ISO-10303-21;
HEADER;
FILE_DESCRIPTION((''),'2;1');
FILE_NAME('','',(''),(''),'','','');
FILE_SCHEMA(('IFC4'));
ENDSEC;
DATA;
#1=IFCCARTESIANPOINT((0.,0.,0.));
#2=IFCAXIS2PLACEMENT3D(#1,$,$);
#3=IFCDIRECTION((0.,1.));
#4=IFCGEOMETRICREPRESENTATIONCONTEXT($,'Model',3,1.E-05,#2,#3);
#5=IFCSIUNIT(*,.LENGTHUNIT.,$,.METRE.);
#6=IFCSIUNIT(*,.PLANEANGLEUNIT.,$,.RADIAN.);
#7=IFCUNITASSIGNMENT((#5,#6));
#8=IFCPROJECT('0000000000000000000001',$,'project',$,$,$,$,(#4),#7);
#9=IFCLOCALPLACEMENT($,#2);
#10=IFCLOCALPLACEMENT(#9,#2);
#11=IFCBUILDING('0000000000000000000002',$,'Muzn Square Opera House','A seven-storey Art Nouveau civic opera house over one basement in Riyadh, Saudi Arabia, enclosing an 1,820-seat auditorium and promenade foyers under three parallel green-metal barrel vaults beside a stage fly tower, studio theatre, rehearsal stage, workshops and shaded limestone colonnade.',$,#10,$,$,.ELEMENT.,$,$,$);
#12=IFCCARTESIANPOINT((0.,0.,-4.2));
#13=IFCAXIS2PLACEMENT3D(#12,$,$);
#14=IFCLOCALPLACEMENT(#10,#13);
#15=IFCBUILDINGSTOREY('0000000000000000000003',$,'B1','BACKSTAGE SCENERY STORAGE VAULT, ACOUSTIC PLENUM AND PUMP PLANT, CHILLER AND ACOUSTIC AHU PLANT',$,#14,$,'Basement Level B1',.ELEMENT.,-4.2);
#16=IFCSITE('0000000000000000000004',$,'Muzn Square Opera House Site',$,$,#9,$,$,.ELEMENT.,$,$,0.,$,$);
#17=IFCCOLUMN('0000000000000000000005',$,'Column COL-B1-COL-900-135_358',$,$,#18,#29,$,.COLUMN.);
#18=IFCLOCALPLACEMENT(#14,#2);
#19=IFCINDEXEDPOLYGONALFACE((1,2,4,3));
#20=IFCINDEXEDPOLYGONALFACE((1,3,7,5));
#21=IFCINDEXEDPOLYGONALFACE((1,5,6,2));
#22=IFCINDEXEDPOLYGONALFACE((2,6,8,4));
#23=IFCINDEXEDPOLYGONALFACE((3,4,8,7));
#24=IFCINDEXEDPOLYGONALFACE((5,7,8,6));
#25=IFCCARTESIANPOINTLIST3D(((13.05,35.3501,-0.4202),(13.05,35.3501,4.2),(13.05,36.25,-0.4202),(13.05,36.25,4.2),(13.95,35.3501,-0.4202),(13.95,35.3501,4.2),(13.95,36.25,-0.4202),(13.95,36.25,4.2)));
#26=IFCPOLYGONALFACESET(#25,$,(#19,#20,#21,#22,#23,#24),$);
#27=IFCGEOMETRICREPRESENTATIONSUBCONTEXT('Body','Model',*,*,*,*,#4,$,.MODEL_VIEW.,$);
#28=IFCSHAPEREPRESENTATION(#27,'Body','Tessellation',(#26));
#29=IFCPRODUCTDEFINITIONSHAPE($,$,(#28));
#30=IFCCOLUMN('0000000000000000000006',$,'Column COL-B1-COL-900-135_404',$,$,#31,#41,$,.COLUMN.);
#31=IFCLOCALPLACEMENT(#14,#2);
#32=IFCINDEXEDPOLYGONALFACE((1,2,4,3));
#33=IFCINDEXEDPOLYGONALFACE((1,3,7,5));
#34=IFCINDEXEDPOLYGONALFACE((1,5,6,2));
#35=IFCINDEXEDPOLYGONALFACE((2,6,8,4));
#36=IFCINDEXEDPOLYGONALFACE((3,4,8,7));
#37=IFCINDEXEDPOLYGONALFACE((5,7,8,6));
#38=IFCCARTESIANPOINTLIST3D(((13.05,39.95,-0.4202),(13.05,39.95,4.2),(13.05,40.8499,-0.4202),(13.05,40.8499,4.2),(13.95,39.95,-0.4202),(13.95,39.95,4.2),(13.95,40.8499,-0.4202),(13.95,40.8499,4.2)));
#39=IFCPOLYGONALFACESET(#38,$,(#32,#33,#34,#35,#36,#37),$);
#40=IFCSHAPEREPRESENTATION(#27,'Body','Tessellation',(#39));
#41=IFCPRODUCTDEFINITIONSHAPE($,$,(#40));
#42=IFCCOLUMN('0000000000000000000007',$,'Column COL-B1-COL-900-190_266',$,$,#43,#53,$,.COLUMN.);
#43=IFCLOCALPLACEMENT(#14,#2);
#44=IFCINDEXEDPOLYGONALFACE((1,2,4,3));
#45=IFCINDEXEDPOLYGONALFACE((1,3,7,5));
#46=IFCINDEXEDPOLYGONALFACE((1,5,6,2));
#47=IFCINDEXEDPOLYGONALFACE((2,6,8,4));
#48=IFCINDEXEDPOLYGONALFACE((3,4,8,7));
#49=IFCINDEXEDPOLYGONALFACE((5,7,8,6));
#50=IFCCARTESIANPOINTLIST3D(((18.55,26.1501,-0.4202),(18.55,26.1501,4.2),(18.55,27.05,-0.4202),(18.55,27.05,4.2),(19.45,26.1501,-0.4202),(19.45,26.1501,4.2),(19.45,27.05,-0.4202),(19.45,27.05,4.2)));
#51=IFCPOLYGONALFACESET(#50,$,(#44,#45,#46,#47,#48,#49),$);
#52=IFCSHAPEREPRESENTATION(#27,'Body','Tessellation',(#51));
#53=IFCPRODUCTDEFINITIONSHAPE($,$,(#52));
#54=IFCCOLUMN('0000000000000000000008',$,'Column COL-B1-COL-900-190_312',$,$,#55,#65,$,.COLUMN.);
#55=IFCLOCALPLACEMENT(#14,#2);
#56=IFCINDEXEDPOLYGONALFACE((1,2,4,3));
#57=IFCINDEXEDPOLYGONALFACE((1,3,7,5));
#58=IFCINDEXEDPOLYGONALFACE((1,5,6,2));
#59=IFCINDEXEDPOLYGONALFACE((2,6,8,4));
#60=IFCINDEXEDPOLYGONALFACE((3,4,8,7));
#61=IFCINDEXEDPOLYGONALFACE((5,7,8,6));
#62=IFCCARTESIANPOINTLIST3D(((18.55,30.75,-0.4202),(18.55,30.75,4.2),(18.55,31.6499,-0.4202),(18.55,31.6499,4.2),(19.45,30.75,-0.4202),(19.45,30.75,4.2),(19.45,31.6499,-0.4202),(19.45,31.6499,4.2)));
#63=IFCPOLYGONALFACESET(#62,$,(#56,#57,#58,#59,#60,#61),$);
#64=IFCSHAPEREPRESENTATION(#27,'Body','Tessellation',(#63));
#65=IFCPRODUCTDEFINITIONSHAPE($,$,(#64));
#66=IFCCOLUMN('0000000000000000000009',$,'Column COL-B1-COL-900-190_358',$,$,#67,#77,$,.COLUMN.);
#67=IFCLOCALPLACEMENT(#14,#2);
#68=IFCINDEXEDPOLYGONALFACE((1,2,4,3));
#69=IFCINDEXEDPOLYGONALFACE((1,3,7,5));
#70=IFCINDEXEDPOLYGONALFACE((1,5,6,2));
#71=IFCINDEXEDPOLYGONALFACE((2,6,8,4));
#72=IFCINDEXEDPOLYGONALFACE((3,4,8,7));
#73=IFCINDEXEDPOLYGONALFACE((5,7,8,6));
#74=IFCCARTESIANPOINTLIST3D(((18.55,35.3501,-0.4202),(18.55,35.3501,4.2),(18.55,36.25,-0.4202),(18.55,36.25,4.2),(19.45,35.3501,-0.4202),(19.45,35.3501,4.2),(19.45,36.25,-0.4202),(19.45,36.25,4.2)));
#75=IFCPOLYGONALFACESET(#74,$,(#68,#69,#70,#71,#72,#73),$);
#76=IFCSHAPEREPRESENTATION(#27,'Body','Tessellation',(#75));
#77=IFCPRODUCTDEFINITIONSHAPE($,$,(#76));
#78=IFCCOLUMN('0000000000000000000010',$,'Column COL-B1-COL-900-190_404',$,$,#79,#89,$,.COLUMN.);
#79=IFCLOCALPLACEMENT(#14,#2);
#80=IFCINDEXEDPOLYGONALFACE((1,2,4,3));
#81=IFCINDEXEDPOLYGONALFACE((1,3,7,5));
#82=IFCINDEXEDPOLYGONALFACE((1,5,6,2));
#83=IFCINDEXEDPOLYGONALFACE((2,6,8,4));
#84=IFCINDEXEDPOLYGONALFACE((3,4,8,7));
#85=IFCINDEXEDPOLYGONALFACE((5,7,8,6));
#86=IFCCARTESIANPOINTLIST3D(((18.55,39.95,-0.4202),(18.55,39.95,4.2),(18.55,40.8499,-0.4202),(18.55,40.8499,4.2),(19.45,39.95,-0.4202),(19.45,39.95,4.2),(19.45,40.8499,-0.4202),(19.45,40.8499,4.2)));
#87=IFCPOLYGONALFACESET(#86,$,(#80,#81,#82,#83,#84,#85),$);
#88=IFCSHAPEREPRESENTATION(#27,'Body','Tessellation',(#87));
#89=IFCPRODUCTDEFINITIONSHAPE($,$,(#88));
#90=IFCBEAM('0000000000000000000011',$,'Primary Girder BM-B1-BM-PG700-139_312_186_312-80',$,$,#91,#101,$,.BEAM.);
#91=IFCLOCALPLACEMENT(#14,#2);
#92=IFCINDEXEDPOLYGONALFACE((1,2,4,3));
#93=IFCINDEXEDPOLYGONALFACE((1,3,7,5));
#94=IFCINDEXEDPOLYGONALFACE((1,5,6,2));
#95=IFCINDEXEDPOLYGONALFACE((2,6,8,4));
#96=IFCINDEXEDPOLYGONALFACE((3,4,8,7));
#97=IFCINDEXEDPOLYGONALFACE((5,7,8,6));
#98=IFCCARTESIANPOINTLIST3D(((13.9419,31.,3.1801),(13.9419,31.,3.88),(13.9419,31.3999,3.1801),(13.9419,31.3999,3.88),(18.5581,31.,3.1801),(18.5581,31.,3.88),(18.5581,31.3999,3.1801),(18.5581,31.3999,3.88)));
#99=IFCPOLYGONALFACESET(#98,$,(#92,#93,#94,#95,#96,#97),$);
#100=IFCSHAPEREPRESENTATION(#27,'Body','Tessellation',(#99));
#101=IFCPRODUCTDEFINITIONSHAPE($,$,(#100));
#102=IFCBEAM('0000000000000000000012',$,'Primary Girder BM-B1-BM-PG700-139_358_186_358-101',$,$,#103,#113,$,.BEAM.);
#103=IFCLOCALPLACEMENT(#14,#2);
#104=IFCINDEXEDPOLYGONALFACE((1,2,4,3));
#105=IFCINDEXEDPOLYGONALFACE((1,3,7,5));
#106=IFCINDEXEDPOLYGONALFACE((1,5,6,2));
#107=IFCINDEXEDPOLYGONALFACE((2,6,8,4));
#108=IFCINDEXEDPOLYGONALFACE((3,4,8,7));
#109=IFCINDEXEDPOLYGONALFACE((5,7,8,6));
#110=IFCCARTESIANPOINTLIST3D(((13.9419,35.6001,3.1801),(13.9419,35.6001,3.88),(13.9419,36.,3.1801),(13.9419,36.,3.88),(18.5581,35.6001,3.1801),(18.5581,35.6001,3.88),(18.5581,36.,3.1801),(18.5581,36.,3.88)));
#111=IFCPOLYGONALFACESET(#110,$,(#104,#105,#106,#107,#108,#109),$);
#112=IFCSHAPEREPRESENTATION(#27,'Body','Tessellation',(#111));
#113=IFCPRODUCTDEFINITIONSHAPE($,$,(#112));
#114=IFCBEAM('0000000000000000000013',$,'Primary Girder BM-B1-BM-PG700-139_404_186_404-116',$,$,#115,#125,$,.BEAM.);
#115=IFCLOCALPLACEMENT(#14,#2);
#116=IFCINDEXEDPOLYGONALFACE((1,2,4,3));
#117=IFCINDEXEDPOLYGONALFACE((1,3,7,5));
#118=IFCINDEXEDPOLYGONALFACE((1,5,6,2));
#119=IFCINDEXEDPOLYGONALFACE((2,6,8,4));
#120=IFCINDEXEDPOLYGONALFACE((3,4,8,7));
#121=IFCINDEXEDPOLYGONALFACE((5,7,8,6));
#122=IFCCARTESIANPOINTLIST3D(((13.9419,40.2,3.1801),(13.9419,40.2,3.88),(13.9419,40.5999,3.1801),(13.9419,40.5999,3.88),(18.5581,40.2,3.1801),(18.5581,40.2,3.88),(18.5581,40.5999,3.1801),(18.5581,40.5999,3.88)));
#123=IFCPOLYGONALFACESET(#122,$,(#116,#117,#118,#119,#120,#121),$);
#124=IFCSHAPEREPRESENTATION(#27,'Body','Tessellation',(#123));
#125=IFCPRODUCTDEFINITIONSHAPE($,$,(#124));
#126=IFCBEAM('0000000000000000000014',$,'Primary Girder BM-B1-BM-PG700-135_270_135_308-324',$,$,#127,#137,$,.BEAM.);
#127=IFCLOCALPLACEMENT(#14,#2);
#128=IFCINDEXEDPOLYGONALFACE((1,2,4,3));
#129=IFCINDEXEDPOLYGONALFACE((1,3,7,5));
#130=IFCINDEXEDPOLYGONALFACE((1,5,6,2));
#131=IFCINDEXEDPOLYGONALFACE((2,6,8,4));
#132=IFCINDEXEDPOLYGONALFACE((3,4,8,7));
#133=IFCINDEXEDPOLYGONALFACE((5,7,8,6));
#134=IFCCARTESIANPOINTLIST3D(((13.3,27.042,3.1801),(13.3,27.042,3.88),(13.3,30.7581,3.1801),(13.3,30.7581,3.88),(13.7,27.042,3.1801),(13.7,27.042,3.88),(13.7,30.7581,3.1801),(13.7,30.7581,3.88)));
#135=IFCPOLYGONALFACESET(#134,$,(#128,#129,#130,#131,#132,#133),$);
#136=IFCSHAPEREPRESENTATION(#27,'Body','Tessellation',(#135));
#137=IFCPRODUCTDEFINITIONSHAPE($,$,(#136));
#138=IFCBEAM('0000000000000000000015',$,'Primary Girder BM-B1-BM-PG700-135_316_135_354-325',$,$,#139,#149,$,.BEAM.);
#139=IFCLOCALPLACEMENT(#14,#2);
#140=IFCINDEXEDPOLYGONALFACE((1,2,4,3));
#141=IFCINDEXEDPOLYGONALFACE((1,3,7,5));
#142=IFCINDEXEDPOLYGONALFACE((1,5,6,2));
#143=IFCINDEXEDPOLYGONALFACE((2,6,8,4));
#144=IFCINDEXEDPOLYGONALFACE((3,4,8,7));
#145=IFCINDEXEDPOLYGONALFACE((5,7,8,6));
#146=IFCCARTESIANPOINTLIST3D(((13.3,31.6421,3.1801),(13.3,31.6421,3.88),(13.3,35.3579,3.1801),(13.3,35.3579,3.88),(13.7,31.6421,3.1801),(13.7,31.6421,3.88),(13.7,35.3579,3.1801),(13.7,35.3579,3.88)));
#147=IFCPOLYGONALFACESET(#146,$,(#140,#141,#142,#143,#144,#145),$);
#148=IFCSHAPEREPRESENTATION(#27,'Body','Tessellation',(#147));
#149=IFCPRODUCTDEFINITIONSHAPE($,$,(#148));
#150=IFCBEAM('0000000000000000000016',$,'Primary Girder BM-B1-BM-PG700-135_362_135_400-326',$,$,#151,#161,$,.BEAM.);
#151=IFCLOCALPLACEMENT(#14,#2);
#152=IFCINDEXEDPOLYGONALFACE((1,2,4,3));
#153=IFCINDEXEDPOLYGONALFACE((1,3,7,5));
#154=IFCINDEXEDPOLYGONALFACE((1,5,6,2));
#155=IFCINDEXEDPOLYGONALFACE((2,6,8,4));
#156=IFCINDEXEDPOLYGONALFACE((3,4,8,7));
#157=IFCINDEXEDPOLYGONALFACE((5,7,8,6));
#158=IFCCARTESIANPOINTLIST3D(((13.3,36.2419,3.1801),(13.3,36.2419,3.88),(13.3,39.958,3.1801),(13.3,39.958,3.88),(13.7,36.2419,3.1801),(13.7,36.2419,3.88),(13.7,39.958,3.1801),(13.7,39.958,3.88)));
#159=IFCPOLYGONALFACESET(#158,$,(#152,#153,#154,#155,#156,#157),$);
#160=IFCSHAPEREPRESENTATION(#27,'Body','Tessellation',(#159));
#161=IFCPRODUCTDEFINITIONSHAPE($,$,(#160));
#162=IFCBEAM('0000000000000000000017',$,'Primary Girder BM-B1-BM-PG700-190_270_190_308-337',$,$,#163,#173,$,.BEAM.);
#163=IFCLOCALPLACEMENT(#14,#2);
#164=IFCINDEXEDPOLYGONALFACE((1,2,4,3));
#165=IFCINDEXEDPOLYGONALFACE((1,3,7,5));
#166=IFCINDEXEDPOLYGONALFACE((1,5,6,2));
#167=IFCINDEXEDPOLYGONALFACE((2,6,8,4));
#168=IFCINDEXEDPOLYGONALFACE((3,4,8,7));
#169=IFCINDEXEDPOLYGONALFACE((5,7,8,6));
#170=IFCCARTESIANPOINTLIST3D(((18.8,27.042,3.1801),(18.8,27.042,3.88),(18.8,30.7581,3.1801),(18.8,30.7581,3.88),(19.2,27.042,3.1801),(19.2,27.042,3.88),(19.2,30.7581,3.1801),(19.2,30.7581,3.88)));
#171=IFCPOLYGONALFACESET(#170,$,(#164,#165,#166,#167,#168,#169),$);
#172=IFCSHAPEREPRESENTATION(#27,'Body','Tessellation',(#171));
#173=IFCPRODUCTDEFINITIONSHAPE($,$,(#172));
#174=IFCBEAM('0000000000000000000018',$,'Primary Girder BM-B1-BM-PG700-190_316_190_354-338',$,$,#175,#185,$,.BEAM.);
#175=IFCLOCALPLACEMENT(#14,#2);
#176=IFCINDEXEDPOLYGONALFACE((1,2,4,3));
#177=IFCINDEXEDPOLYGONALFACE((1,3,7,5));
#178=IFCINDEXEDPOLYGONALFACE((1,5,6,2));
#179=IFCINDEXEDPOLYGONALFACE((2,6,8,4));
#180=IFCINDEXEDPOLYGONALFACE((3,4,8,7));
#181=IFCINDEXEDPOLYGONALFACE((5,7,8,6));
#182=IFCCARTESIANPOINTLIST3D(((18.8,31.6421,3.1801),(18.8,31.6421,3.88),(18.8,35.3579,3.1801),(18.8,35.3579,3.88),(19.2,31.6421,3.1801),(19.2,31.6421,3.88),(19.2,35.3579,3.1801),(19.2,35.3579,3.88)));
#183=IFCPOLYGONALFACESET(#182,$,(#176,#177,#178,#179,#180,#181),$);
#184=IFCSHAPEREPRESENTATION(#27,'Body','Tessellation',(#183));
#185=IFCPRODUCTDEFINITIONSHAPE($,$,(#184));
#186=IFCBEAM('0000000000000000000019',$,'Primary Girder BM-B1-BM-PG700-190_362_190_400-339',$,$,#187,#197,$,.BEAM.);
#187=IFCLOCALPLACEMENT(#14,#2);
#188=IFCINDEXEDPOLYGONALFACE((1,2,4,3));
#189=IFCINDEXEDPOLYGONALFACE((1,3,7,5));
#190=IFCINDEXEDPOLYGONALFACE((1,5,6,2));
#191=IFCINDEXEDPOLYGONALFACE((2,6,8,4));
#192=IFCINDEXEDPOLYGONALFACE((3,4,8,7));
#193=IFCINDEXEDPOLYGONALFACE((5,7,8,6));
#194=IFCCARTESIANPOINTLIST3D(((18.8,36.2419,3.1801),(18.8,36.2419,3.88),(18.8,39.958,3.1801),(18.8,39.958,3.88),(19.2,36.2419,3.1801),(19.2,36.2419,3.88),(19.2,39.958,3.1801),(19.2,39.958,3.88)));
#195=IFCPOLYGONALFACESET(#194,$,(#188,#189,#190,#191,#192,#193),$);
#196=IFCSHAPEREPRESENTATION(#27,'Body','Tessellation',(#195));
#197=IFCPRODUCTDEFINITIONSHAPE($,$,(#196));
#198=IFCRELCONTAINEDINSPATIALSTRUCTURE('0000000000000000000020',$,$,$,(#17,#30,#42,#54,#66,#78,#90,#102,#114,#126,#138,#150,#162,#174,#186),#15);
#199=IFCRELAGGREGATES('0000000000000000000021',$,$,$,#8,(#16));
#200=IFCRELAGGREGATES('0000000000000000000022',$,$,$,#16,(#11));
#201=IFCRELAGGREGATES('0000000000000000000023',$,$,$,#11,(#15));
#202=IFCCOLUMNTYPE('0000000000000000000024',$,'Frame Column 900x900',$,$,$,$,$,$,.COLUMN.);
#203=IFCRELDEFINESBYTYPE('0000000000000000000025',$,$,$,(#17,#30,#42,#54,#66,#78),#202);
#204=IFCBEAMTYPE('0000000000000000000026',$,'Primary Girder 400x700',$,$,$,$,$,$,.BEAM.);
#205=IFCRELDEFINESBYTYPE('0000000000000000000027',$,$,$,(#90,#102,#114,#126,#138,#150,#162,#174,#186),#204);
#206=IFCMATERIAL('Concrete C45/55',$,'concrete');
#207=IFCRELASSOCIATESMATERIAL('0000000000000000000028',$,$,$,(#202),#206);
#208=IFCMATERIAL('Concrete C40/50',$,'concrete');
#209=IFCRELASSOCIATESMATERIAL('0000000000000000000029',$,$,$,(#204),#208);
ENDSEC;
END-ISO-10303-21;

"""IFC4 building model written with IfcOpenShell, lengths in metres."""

from ifc_helpers import new_model, si_unit, direction, frame, origin, origin_2d, place, context, subcontext, project, spatial, rectangle, extrude, material, material_profile, profile_set, type_object, element, save


model = new_model("IFC4")

# Units and contexts
model_context = context("Model", 3, precision=1e-05, world=origin(), true_north=direction((0.0, 1.0)))
body_context = subcontext(model_context, "Body", "Model", "MODEL_VIEW")
ifc_project = project(units=[si_unit("LENGTHUNIT", "METRE"), si_unit("PLANEANGLEUNIT", "RADIAN")], contexts=[model_context])

# Site, building, storey
site_placement = place(None, origin())
site = spatial("IfcSite", under=ifc_project, at=site_placement, Name="Muzn Square Opera House Site", CompositionType="ELEMENT", RefElevation=0.0)
building_placement = place(site_placement, origin())
building = spatial("IfcBuilding", under=site, at=building_placement, Name="Muzn Square Opera House", Description="A seven-storey Art Nouveau civic opera house over one basement in Riyadh, Saudi Arabia, enclosing an 1,820-seat auditorium and promenade foyers under three parallel green-metal barrel vaults beside a stage fly tower, studio theatre, rehearsal stage, workshops and shaded limestone colonnade.", CompositionType="ELEMENT")
storey_placement = place(building_placement, frame((0.0, 0.0, -4.2)))
storey = spatial("IfcBuildingStorey", under=building, at=storey_placement, Name="B1", Description="BACKSTAGE SCENERY STORAGE VAULT, ACOUSTIC PLENUM AND PUMP PLANT, CHILLER AND ACOUSTIC AHU PLANT", LongName="Basement Level B1", CompositionType="ELEMENT", Elevation=-4.2)

# Shared definitions
ifc_material_1 = material(Name="Concrete C40/50", Category="concrete")

# Columns
ifc_material_2 = material(Name="Concrete C45/55", Category="concrete")
ifc_material_profile_1 = material_profile(ifc_material_2, rectangle(XDim=0.8999, YDim=0.8999, at=origin_2d()), Name="RC 900x900", Category="concrete")
ifc_profile_set_1 = profile_set([ifc_material_profile_1], Name="Concrete C45/55")
column_type = type_object("IfcColumnType", Name="Frame Column 900x900", PredefinedType="COLUMN", material=ifc_profile_set_1)
for number, where, z_axis, x_axis, name in (
    (1, (13.5, 35.8, -0.4202), (0.0, 0.0, 1.0), (1.0, 0.0, 0.0), "Column COL-B1-COL-900-135_358"),
    (2, (13.5, 40.3999, -0.4202), (0.0, 0.0, 1.0), (1.0, 0.0, 0.0), "Column COL-B1-COL-900-135_404"),
    (3, (19.0, 26.6001, -0.4202), (0.0, 0.0, 1.0), (1.0, 0.0, 0.0), "Column COL-B1-COL-900-190_266"),
    (4, (19.0, 31.2, -0.4202), (0.0, 0.0, 1.0), (1.0, 0.0, 0.0), "Column COL-B1-COL-900-190_312"),
    (5, (19.0, 35.8, -0.4202), (0.0, 0.0, 1.0), (1.0, 0.0, 0.0), "Column COL-B1-COL-900-190_358"),
    (6, (19.0, 40.3999, -0.4202), (0.0, 0.0, 1.0), (1.0, 0.0, 0.0), "Column COL-B1-COL-900-190_404"),
):
    element("IfcColumn", number, at=place(storey_placement, frame(where, z_axis=z_axis, x_axis=x_axis)), inside=storey, type_object=column_type, Name=name, PredefinedType="COLUMN", context=body_context, shape_type="SweptSolid", body=[
        extrude(rectangle(XDim=0.8999, YDim=0.8999, at=origin_2d()), origin(), (0.0, 0.0, 1.0), 4.6201),
    ])

# Beams
ifc_material_profile_2 = material_profile(ifc_material_1, rectangle(XDim=0.3999, YDim=0.7, at=origin_2d()), Name="RCB 400x700", Category="concrete")
ifc_profile_set_2 = profile_set([ifc_material_profile_2], Name="Concrete C40/50")
beam_type = type_object("IfcBeamType", Name="Primary Girder 400x700", PredefinedType="BEAM", material=ifc_profile_set_2)
for number, where, z_axis, x_axis, name in (
    (7, (13.9419, 31.2, 3.53), (1.0, 0.0, 0.0), (0.0, 1.0, 0.0), "Primary Girder BM-B1-BM-PG700-139_312_186_312-80"),
    (8, (13.9419, 35.8, 3.53), (1.0, 0.0, 0.0), (0.0, 1.0, 0.0), "Primary Girder BM-B1-BM-PG700-139_358_186_358-101"),
    (9, (13.9419, 40.3999, 3.53), (1.0, 0.0, 0.0), (0.0, 1.0, 0.0), "Primary Girder BM-B1-BM-PG700-139_404_186_404-116"),
):
    element("IfcBeam", number, at=place(storey_placement, frame(where, z_axis=z_axis, x_axis=x_axis)), inside=storey, type_object=beam_type, Name=name, PredefinedType="BEAM", context=body_context, shape_type="SweptSolid", body=[
        extrude(rectangle(XDim=0.3999, YDim=0.7, at=origin_2d()), origin(), (0.0, 0.0, 1.0), 4.6162),
    ])
beam_1_placement = place(storey_placement, frame((13.5, 27.042, 3.53), z_axis=(0.0, 1.0, 0.0), x_axis=(-1.0, 0.0, 0.0)))
element("IfcBeam", 10, at=beam_1_placement, inside=storey, type_object=beam_type, Name="Primary Girder BM-B1-BM-PG700-135_270_135_308-324", PredefinedType="BEAM", context=body_context, shape_type="SweptSolid", body=[
    extrude(rectangle(XDim=0.3999, YDim=0.7, at=origin_2d()), origin(), (0.0, 0.0, 1.0), 3.7161),
])
beam_2_placement = place(storey_placement, frame((13.5, 31.6421, 3.53), z_axis=(0.0, 1.0, 0.0), x_axis=(-1.0, 0.0, 0.0)))
element("IfcBeam", 11, at=beam_2_placement, inside=storey, type_object=beam_type, Name="Primary Girder BM-B1-BM-PG700-135_316_135_354-325", PredefinedType="BEAM", context=body_context, shape_type="SweptSolid", body=[
    extrude(rectangle(XDim=0.3999, YDim=0.7, at=origin_2d()), origin(), (0.0, 0.0, 1.0), 3.7158),
])
for number, where, z_axis, x_axis, name in (
    (12, (13.5, 36.2419, 3.53), (0.0, 1.0, 0.0), (-1.0, 0.0, 0.0), "Primary Girder BM-B1-BM-PG700-135_362_135_400-326"),
    (13, (19.0, 27.042, 3.53), (0.0, 1.0, 0.0), (-1.0, 0.0, 0.0), "Primary Girder BM-B1-BM-PG700-190_270_190_308-337"),
):
    element("IfcBeam", number, at=place(storey_placement, frame(where, z_axis=z_axis, x_axis=x_axis)), inside=storey, type_object=beam_type, Name=name, PredefinedType="BEAM", context=body_context, shape_type="SweptSolid", body=[
        extrude(rectangle(XDim=0.3999, YDim=0.7, at=origin_2d()), origin(), (0.0, 0.0, 1.0), 3.7161),
    ])
beam_3_placement = place(storey_placement, frame((19.0, 31.6421, 3.53), z_axis=(0.0, 1.0, 0.0), x_axis=(-1.0, 0.0, 0.0)))
element("IfcBeam", 14, at=beam_3_placement, inside=storey, type_object=beam_type, Name="Primary Girder BM-B1-BM-PG700-190_316_190_354-338", PredefinedType="BEAM", context=body_context, shape_type="SweptSolid", body=[
    extrude(rectangle(XDim=0.3999, YDim=0.7, at=origin_2d()), origin(), (0.0, 0.0, 1.0), 3.7158),
])
beam_4_placement = place(storey_placement, frame((19.0, 36.2419, 3.53), z_axis=(0.0, 1.0, 0.0), x_axis=(-1.0, 0.0, 0.0)))
element("IfcBeam", 15, at=beam_4_placement, inside=storey, type_object=beam_type, Name="Primary Girder BM-B1-BM-PG700-190_362_190_400-339", PredefinedType="BEAM", context=body_context, shape_type="SweptSolid", body=[
    extrude(rectangle(XDim=0.3999, YDim=0.7, at=origin_2d()), origin(), (0.0, 0.0, 1.0), 3.7161),
])

save(model, "model.ifc")
